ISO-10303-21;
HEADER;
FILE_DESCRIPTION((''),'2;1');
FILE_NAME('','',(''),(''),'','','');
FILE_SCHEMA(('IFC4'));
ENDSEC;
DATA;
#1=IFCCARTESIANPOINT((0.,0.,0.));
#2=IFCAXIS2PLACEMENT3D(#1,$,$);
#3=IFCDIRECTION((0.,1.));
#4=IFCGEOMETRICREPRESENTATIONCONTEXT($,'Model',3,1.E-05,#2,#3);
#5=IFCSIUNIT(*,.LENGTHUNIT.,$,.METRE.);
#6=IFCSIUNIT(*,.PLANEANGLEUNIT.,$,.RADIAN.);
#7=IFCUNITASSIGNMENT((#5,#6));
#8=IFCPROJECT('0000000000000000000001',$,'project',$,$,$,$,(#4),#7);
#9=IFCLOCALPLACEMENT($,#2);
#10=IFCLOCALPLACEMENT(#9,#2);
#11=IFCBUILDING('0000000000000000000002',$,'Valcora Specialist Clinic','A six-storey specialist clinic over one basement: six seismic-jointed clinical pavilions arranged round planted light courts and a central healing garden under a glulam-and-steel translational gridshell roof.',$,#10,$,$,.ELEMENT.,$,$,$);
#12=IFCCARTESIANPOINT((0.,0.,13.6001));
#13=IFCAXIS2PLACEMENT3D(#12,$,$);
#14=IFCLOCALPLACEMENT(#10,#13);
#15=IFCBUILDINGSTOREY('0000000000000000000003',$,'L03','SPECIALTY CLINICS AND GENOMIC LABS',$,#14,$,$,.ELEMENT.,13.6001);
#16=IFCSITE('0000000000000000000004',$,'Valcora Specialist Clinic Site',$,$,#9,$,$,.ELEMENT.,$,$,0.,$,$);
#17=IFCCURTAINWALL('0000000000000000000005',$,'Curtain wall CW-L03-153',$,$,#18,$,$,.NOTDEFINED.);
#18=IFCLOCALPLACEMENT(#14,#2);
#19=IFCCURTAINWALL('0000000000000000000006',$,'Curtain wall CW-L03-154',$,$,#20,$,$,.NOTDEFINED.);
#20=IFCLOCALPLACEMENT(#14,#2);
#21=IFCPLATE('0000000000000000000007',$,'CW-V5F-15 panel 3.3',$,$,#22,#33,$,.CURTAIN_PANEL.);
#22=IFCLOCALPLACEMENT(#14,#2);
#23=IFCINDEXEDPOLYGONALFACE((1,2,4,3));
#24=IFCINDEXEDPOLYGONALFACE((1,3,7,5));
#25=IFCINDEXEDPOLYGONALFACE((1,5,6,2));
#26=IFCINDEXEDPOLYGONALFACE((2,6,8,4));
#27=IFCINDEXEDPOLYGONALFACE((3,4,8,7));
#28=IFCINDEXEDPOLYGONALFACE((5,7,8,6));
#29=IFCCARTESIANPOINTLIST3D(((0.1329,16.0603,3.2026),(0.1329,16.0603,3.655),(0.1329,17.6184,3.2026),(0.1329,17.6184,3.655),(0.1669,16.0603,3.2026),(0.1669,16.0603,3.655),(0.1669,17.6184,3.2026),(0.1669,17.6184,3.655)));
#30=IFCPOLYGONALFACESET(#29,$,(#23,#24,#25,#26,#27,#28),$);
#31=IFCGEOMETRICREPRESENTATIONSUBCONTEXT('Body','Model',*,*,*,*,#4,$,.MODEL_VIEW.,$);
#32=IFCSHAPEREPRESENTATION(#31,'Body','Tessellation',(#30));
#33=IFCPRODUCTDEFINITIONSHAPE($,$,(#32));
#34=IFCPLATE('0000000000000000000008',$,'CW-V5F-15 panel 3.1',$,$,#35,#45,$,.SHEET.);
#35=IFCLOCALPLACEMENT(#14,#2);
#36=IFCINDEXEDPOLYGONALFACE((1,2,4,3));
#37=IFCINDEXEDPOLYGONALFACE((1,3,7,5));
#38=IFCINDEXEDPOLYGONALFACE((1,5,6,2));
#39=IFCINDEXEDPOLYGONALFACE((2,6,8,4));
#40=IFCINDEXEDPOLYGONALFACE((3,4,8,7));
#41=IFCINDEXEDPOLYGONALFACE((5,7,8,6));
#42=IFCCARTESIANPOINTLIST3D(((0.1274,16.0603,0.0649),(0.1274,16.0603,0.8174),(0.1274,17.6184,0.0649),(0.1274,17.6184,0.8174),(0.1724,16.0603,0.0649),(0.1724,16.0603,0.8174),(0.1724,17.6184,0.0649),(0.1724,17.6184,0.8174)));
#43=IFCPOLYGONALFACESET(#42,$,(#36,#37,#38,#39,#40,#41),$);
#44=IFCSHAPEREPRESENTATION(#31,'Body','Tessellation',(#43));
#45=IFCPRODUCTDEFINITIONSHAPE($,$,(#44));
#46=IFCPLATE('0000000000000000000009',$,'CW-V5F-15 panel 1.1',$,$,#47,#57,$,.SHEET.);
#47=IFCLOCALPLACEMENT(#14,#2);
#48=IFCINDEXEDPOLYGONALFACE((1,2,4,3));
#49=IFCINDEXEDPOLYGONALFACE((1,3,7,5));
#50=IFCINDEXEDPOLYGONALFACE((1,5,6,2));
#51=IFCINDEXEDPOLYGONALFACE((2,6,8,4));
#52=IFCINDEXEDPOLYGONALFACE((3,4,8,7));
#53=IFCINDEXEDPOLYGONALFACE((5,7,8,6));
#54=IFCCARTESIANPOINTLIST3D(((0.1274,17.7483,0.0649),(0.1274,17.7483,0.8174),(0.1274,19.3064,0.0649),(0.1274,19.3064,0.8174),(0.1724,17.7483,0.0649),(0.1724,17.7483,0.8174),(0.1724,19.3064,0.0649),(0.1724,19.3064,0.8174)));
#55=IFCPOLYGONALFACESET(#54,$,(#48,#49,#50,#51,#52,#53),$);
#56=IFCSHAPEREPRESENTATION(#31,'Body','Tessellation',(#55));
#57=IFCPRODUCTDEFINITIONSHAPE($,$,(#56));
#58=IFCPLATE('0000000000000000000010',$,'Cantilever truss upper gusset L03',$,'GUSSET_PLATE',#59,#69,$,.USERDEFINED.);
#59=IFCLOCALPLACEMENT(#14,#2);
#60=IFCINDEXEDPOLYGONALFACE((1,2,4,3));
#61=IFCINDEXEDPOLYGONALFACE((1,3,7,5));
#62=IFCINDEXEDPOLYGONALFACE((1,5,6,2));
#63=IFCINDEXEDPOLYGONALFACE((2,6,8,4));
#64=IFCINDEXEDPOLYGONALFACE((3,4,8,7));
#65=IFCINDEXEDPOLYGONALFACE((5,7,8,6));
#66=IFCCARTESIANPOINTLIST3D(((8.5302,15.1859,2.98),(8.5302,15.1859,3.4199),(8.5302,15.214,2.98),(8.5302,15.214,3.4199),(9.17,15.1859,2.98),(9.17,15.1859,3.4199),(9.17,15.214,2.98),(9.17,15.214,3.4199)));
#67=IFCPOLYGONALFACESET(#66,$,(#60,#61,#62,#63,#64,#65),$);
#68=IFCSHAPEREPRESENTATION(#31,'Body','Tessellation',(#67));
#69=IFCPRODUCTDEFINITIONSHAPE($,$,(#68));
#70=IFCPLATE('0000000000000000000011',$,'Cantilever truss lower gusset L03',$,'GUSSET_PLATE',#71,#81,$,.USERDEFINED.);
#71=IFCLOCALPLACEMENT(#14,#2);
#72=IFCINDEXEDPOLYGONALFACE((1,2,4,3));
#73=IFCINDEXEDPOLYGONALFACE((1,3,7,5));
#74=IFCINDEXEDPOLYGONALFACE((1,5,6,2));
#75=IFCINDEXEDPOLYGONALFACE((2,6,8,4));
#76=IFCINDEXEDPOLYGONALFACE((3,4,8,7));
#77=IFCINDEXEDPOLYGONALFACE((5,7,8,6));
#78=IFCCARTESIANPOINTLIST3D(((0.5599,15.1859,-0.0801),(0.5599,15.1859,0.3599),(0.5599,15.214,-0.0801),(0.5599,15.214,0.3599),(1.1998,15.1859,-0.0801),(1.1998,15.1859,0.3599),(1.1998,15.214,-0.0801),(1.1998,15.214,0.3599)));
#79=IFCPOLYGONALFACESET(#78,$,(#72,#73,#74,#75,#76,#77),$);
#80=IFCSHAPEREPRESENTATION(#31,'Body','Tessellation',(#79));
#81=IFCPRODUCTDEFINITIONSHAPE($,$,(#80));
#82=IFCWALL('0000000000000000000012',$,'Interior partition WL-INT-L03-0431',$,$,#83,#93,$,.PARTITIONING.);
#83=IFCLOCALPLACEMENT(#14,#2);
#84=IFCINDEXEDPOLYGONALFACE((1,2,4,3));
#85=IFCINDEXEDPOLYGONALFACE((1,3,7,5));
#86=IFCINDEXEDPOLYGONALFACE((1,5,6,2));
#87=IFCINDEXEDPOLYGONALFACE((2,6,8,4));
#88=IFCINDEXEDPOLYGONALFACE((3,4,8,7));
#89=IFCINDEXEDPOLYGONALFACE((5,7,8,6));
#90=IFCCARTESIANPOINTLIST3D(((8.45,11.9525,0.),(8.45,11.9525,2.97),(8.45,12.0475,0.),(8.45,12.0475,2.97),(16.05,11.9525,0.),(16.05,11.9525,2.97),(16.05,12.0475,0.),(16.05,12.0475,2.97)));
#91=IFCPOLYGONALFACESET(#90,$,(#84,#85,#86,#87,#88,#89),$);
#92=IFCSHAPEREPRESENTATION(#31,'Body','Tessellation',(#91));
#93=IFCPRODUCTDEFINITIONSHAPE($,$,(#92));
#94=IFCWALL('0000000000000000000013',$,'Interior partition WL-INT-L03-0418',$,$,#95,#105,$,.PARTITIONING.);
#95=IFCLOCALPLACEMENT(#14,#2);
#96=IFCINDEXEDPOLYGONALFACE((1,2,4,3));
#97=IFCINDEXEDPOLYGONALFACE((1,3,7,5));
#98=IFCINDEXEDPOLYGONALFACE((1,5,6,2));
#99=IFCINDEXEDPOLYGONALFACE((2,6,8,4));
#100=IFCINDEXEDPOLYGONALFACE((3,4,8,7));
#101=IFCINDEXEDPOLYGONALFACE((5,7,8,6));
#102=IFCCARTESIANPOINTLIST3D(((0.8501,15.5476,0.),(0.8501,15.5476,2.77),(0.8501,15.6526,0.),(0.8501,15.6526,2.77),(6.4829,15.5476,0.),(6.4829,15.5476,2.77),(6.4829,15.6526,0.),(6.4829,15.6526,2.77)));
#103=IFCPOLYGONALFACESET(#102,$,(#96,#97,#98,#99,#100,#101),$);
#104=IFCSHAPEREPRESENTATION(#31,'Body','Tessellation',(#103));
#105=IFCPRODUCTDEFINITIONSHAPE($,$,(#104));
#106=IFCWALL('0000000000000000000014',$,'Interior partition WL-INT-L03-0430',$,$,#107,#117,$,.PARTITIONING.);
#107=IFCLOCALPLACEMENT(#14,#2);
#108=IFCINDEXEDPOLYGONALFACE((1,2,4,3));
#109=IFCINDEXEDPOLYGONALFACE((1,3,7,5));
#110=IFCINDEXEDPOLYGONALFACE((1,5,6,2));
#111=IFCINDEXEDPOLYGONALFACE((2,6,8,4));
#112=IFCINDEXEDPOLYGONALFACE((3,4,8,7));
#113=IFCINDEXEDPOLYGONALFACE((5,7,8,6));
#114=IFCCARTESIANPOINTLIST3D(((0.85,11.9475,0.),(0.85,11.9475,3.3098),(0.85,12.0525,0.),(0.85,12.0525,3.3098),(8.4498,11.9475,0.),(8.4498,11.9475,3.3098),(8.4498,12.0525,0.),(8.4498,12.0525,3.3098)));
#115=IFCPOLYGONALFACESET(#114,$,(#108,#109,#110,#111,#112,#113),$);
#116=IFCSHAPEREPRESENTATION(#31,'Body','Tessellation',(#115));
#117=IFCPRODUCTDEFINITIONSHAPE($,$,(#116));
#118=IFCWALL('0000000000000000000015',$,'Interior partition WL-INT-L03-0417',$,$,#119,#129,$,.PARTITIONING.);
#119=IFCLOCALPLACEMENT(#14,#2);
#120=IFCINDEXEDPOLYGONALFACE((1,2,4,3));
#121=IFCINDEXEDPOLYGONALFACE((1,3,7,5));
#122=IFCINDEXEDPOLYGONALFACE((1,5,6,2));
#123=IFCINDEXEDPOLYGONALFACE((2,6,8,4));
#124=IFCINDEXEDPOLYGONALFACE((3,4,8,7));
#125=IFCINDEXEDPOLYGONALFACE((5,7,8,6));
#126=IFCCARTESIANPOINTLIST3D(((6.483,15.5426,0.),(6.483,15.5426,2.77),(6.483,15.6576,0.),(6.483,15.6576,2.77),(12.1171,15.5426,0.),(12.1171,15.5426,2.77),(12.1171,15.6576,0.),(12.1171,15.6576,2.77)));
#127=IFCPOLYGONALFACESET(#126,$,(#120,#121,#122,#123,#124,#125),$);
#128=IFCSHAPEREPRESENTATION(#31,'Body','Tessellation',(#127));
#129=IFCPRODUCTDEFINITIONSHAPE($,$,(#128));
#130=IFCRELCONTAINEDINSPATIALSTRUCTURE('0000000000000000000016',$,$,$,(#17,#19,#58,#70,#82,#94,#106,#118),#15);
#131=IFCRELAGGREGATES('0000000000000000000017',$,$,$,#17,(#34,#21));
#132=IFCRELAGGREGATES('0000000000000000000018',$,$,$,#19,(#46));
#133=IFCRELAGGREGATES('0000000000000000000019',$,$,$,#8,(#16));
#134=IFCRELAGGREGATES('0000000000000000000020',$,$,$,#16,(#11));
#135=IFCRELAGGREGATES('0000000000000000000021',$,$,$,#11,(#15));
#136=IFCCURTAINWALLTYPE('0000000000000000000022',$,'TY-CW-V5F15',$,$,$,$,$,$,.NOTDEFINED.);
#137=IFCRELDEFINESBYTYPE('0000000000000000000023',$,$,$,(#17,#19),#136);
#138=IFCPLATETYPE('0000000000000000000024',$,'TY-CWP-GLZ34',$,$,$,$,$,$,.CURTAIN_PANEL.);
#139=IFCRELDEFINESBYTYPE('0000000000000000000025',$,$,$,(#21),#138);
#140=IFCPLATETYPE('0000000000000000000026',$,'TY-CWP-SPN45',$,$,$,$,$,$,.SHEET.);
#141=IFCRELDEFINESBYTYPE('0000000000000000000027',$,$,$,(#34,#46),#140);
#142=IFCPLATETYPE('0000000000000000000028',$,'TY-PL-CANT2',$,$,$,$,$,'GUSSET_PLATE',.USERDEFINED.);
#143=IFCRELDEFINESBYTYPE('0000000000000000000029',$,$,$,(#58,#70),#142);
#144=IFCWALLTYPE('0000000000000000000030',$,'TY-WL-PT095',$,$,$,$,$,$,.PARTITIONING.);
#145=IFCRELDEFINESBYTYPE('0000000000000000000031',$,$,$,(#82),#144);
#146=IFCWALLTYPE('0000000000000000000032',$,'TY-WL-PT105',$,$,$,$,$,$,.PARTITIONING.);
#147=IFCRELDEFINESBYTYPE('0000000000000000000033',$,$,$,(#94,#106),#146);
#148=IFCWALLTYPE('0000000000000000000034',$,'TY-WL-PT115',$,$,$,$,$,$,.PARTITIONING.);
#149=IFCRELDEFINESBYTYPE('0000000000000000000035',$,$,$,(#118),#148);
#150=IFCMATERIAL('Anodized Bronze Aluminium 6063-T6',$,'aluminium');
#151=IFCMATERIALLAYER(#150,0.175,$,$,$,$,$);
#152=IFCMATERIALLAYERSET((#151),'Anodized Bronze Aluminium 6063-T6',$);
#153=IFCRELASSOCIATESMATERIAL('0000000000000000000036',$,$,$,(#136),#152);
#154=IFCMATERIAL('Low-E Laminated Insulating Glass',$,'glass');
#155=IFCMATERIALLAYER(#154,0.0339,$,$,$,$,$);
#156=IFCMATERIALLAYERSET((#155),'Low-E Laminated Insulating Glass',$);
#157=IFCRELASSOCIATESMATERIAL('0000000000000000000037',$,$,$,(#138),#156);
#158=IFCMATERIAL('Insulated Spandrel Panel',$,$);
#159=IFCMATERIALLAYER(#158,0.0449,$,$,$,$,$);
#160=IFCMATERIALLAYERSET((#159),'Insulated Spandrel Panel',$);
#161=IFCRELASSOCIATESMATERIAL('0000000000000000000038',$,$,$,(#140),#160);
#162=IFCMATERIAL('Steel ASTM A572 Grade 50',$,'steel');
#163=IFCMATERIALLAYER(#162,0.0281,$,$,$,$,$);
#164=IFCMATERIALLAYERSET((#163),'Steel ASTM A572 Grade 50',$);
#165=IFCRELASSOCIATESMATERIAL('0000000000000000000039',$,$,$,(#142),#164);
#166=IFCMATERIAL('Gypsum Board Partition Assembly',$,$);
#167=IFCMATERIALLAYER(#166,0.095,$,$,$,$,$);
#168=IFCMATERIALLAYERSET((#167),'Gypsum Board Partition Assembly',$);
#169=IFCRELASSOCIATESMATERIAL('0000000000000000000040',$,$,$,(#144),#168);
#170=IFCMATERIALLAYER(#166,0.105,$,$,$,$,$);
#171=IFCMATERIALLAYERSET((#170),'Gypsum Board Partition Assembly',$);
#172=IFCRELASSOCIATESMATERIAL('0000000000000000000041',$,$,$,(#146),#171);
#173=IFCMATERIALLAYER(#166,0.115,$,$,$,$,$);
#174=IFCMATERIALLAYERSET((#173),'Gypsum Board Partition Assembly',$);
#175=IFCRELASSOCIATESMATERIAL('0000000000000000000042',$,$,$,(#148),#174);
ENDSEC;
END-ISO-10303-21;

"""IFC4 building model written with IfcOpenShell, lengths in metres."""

from ifc_helpers import new_model, si_unit, direction, frame, frame_2d, origin, origin_2d, place, context, subcontext, project, spatial, rectangle, extrude, material, layer, layer_set, type_object, element, aggregate, save


model = new_model("IFC4")

# Units and contexts
model_context = context("Model", 3, precision=1e-05, world=origin(), true_north=direction((0.0, 1.0)))
body_context = subcontext(model_context, "Body", "Model", "MODEL_VIEW")
ifc_project = project(units=[si_unit("LENGTHUNIT", "METRE"), si_unit("PLANEANGLEUNIT", "RADIAN")], contexts=[model_context])

# Site, building, storey
site_placement = place(None, origin())
site = spatial("IfcSite", under=ifc_project, at=site_placement, Name="Valcora Specialist Clinic Site", CompositionType="ELEMENT", RefElevation=0.0)
building_placement = place(site_placement, origin())
building = spatial("IfcBuilding", under=site, at=building_placement, Name="Valcora Specialist Clinic", Description="A six-storey specialist clinic over one basement: six seismic-jointed clinical pavilions arranged round planted light courts and a central healing garden under a glulam-and-steel translational gridshell roof.", CompositionType="ELEMENT")
storey_placement = place(building_placement, frame((0.0, 0.0, 13.6001)))
storey = spatial("IfcBuildingStorey", under=building, at=storey_placement, Name="L03", Description="SPECIALTY CLINICS AND GENOMIC LABS", CompositionType="ELEMENT", Elevation=13.6001)

# Curtain wall
ifc_material_1 = material(Name="Anodized Bronze Aluminium 6063-T6", Category="aluminium")
ifc_layer_1 = layer(ifc_material_1, 0.175)
ifc_layer_set_1 = layer_set([ifc_layer_1], Name="Anodized Bronze Aluminium 6063-T6")
curtain_wall_type = type_object("IfcCurtainWallType", Name="TY-CW-V5F15", PredefinedType="NOTDEFINED", material=ifc_layer_set_1)
curtain_wall_1_placement = place(storey_placement, origin())
curtain_wall_1 = element("IfcCurtainWall", 1, at=curtain_wall_1_placement, inside=storey, type_object=curtain_wall_type, Name="Curtain wall CW-L03-153", PredefinedType="NOTDEFINED")

# Curtain wall
curtain_wall_2_placement = place(storey_placement, origin())
curtain_wall_2 = element("IfcCurtainWall", 2, at=curtain_wall_2_placement, inside=storey, type_object=curtain_wall_type, Name="Curtain wall CW-L03-154", PredefinedType="NOTDEFINED")

# Plates
ifc_material_2 = material(Name="Low-E Laminated Insulating Glass", Category="glass")
ifc_layer_2 = layer(ifc_material_2, 0.0339)
ifc_layer_set_2 = layer_set([ifc_layer_2], Name="Low-E Laminated Insulating Glass")
plate_type_1 = type_object("IfcPlateType", Name="TY-CWP-GLZ34", PredefinedType="CURTAIN_PANEL", material=ifc_layer_set_2)
plate_1_placement = place(storey_placement, frame((0.1499, 16.8394, 3.2026), z_axis=(0.0, 0.0, 1.0), x_axis=(0.0, 1.0, 0.0)))
plate_1 = element("IfcPlate", 3, at=plate_1_placement, type_object=plate_type_1, Name="CW-V5F-15 panel 3.3", PredefinedType="CURTAIN_PANEL", context=body_context, shape_type="SweptSolid", body=[
    extrude(rectangle(XDim=1.5581, YDim=0.0339, at=origin_2d()), origin(), (0.0, 0.0, 1.0), 0.4524),
])
ifc_material_3 = material(Name="Insulated Spandrel Panel")
ifc_layer_3 = layer(ifc_material_3, 0.0449)
ifc_layer_set_3 = layer_set([ifc_layer_3], Name="Insulated Spandrel Panel")
plate_type_2 = type_object("IfcPlateType", Name="TY-CWP-SPN45", PredefinedType="SHEET", material=ifc_layer_set_3)
plate_2_placement = place(storey_placement, frame((0.1499, 16.8394, 0.0649), z_axis=(0.0, 0.0, 1.0), x_axis=(0.0, 1.0, 0.0)))
plate_2 = element("IfcPlate", 4, at=plate_2_placement, type_object=plate_type_2, Name="CW-V5F-15 panel 3.1", PredefinedType="SHEET", context=body_context, shape_type="SweptSolid", body=[
    extrude(rectangle(XDim=1.5581, YDim=0.0449, at=origin_2d()), origin(), (0.0, 0.0, 1.0), 0.7524),
])
aggregate(curtain_wall_1, [plate_2, plate_1])
plate_3_placement = place(storey_placement, frame((0.1499, 18.5273, 0.0649), z_axis=(0.0, 0.0, 1.0), x_axis=(0.0, 1.0, 0.0)))
plate_3 = element("IfcPlate", 5, at=plate_3_placement, type_object=plate_type_2, Name="CW-V5F-15 panel 1.1", PredefinedType="SHEET", context=body_context, shape_type="SweptSolid", body=[
    extrude(rectangle(XDim=1.5581, YDim=0.0449, at=origin_2d()), origin(), (0.0, 0.0, 1.0), 0.7524),
])
aggregate(curtain_wall_2, [plate_3])

# Plates
ifc_material_4 = material(Name="Steel ASTM A572 Grade 50", Category="steel")
ifc_layer_4 = layer(ifc_material_4, 0.0281)
ifc_layer_set_4 = layer_set([ifc_layer_4], Name="Steel ASTM A572 Grade 50")
plate_type_3 = type_object("IfcPlateType", Name="TY-PL-CANT2", ElementType="GUSSET_PLATE", PredefinedType="USERDEFINED", material=ifc_layer_set_4)
for number, where, z_axis, x_axis, name in (
    (6, (8.8501, 15.2, 2.98), (0.0, 0.0, 1.0), (1.0, 0.0, 0.0), "Cantilever truss upper gusset L03"),
    (7, (0.8799, 15.2, -0.0801), (0.0, 0.0, 1.0), (1.0, 0.0, 0.0), "Cantilever truss lower gusset L03"),
):
    element("IfcPlate", number, at=place(storey_placement, frame(where, z_axis=z_axis, x_axis=x_axis)), inside=storey, type_object=plate_type_3, Name=name, ObjectType="GUSSET_PLATE", PredefinedType="USERDEFINED", context=body_context, shape_type="SweptSolid", body=[
        extrude(rectangle(XDim=0.6399, YDim=0.0281, at=origin_2d()), origin(), (0.0, 0.0, 1.0), 0.4399),
    ])

# Walls
ifc_material_5 = material(Name="Gypsum Board Partition Assembly")
ifc_layer_5 = layer(ifc_material_5, 0.095)
ifc_layer_set_5 = layer_set([ifc_layer_5], Name="Gypsum Board Partition Assembly")
wall_type_1 = type_object("IfcWallType", Name="TY-WL-PT095", PredefinedType="PARTITIONING", material=ifc_layer_set_5)
wall_1_placement = place(storey_placement, frame((8.45, 12.0, 0.0), z_axis=(0.0, 0.0, 1.0), x_axis=(1.0, 0.0, 0.0)))
element("IfcWall", 8, at=wall_1_placement, inside=storey, type_object=wall_type_1, Name="Interior partition WL-INT-L03-0431", PredefinedType="PARTITIONING", context=body_context, shape_type="SweptSolid", body=[
    extrude(rectangle(XDim=7.6001, YDim=0.095, at=frame_2d((3.8, 0.0))), origin(), (0.0, 0.0, 1.0), 2.97),
])
ifc_layer_6 = layer(ifc_material_5, 0.105)
ifc_layer_set_6 = layer_set([ifc_layer_6], Name="Gypsum Board Partition Assembly")
wall_type_2 = type_object("IfcWallType", Name="TY-WL-PT105", PredefinedType="PARTITIONING", material=ifc_layer_set_6)
wall_2_placement = place(storey_placement, frame((6.4829, 15.6001, 0.0), z_axis=(0.0, 0.0, 1.0), x_axis=(-1.0, 0.0, 0.0)))
element("IfcWall", 9, at=wall_2_placement, inside=storey, type_object=wall_type_2, Name="Interior partition WL-INT-L03-0418", PredefinedType="PARTITIONING", context=body_context, shape_type="SweptSolid", body=[
    extrude(rectangle(XDim=5.6328, YDim=0.105, at=frame_2d((2.8164, 0.0))), origin(), (0.0, 0.0, 1.0), 2.77),
])
wall_3_placement = place(storey_placement, frame((0.8501, 12.0, 0.0), z_axis=(0.0, 0.0, 1.0), x_axis=(1.0, 0.0, 0.0)))
element("IfcWall", 10, at=wall_3_placement, inside=storey, type_object=wall_type_2, Name="Interior partition WL-INT-L03-0430", PredefinedType="PARTITIONING", context=body_context, shape_type="SweptSolid", body=[
    extrude(rectangle(XDim=7.5999, YDim=0.105, at=frame_2d((3.7998, 0.0))), origin(), (0.0, 0.0, 1.0), 3.3098),
])
ifc_layer_7 = layer(ifc_material_5, 0.115)
ifc_layer_set_7 = layer_set([ifc_layer_7], Name="Gypsum Board Partition Assembly")
wall_type_3 = type_object("IfcWallType", Name="TY-WL-PT115", PredefinedType="PARTITIONING", material=ifc_layer_set_7)
wall_4_placement = place(storey_placement, frame((12.1169, 15.6001, 0.0), z_axis=(0.0, 0.0, 1.0), x_axis=(-1.0, 0.0, 0.0)))
element("IfcWall", 11, at=wall_4_placement, inside=storey, type_object=wall_type_3, Name="Interior partition WL-INT-L03-0417", PredefinedType="PARTITIONING", context=body_context, shape_type="SweptSolid", body=[
    extrude(rectangle(XDim=5.634, YDim=0.115, at=frame_2d((2.8169, 0.0))), origin(), (0.0, 0.0, 1.0), 2.77),
])

save(model, "model.ifc")
